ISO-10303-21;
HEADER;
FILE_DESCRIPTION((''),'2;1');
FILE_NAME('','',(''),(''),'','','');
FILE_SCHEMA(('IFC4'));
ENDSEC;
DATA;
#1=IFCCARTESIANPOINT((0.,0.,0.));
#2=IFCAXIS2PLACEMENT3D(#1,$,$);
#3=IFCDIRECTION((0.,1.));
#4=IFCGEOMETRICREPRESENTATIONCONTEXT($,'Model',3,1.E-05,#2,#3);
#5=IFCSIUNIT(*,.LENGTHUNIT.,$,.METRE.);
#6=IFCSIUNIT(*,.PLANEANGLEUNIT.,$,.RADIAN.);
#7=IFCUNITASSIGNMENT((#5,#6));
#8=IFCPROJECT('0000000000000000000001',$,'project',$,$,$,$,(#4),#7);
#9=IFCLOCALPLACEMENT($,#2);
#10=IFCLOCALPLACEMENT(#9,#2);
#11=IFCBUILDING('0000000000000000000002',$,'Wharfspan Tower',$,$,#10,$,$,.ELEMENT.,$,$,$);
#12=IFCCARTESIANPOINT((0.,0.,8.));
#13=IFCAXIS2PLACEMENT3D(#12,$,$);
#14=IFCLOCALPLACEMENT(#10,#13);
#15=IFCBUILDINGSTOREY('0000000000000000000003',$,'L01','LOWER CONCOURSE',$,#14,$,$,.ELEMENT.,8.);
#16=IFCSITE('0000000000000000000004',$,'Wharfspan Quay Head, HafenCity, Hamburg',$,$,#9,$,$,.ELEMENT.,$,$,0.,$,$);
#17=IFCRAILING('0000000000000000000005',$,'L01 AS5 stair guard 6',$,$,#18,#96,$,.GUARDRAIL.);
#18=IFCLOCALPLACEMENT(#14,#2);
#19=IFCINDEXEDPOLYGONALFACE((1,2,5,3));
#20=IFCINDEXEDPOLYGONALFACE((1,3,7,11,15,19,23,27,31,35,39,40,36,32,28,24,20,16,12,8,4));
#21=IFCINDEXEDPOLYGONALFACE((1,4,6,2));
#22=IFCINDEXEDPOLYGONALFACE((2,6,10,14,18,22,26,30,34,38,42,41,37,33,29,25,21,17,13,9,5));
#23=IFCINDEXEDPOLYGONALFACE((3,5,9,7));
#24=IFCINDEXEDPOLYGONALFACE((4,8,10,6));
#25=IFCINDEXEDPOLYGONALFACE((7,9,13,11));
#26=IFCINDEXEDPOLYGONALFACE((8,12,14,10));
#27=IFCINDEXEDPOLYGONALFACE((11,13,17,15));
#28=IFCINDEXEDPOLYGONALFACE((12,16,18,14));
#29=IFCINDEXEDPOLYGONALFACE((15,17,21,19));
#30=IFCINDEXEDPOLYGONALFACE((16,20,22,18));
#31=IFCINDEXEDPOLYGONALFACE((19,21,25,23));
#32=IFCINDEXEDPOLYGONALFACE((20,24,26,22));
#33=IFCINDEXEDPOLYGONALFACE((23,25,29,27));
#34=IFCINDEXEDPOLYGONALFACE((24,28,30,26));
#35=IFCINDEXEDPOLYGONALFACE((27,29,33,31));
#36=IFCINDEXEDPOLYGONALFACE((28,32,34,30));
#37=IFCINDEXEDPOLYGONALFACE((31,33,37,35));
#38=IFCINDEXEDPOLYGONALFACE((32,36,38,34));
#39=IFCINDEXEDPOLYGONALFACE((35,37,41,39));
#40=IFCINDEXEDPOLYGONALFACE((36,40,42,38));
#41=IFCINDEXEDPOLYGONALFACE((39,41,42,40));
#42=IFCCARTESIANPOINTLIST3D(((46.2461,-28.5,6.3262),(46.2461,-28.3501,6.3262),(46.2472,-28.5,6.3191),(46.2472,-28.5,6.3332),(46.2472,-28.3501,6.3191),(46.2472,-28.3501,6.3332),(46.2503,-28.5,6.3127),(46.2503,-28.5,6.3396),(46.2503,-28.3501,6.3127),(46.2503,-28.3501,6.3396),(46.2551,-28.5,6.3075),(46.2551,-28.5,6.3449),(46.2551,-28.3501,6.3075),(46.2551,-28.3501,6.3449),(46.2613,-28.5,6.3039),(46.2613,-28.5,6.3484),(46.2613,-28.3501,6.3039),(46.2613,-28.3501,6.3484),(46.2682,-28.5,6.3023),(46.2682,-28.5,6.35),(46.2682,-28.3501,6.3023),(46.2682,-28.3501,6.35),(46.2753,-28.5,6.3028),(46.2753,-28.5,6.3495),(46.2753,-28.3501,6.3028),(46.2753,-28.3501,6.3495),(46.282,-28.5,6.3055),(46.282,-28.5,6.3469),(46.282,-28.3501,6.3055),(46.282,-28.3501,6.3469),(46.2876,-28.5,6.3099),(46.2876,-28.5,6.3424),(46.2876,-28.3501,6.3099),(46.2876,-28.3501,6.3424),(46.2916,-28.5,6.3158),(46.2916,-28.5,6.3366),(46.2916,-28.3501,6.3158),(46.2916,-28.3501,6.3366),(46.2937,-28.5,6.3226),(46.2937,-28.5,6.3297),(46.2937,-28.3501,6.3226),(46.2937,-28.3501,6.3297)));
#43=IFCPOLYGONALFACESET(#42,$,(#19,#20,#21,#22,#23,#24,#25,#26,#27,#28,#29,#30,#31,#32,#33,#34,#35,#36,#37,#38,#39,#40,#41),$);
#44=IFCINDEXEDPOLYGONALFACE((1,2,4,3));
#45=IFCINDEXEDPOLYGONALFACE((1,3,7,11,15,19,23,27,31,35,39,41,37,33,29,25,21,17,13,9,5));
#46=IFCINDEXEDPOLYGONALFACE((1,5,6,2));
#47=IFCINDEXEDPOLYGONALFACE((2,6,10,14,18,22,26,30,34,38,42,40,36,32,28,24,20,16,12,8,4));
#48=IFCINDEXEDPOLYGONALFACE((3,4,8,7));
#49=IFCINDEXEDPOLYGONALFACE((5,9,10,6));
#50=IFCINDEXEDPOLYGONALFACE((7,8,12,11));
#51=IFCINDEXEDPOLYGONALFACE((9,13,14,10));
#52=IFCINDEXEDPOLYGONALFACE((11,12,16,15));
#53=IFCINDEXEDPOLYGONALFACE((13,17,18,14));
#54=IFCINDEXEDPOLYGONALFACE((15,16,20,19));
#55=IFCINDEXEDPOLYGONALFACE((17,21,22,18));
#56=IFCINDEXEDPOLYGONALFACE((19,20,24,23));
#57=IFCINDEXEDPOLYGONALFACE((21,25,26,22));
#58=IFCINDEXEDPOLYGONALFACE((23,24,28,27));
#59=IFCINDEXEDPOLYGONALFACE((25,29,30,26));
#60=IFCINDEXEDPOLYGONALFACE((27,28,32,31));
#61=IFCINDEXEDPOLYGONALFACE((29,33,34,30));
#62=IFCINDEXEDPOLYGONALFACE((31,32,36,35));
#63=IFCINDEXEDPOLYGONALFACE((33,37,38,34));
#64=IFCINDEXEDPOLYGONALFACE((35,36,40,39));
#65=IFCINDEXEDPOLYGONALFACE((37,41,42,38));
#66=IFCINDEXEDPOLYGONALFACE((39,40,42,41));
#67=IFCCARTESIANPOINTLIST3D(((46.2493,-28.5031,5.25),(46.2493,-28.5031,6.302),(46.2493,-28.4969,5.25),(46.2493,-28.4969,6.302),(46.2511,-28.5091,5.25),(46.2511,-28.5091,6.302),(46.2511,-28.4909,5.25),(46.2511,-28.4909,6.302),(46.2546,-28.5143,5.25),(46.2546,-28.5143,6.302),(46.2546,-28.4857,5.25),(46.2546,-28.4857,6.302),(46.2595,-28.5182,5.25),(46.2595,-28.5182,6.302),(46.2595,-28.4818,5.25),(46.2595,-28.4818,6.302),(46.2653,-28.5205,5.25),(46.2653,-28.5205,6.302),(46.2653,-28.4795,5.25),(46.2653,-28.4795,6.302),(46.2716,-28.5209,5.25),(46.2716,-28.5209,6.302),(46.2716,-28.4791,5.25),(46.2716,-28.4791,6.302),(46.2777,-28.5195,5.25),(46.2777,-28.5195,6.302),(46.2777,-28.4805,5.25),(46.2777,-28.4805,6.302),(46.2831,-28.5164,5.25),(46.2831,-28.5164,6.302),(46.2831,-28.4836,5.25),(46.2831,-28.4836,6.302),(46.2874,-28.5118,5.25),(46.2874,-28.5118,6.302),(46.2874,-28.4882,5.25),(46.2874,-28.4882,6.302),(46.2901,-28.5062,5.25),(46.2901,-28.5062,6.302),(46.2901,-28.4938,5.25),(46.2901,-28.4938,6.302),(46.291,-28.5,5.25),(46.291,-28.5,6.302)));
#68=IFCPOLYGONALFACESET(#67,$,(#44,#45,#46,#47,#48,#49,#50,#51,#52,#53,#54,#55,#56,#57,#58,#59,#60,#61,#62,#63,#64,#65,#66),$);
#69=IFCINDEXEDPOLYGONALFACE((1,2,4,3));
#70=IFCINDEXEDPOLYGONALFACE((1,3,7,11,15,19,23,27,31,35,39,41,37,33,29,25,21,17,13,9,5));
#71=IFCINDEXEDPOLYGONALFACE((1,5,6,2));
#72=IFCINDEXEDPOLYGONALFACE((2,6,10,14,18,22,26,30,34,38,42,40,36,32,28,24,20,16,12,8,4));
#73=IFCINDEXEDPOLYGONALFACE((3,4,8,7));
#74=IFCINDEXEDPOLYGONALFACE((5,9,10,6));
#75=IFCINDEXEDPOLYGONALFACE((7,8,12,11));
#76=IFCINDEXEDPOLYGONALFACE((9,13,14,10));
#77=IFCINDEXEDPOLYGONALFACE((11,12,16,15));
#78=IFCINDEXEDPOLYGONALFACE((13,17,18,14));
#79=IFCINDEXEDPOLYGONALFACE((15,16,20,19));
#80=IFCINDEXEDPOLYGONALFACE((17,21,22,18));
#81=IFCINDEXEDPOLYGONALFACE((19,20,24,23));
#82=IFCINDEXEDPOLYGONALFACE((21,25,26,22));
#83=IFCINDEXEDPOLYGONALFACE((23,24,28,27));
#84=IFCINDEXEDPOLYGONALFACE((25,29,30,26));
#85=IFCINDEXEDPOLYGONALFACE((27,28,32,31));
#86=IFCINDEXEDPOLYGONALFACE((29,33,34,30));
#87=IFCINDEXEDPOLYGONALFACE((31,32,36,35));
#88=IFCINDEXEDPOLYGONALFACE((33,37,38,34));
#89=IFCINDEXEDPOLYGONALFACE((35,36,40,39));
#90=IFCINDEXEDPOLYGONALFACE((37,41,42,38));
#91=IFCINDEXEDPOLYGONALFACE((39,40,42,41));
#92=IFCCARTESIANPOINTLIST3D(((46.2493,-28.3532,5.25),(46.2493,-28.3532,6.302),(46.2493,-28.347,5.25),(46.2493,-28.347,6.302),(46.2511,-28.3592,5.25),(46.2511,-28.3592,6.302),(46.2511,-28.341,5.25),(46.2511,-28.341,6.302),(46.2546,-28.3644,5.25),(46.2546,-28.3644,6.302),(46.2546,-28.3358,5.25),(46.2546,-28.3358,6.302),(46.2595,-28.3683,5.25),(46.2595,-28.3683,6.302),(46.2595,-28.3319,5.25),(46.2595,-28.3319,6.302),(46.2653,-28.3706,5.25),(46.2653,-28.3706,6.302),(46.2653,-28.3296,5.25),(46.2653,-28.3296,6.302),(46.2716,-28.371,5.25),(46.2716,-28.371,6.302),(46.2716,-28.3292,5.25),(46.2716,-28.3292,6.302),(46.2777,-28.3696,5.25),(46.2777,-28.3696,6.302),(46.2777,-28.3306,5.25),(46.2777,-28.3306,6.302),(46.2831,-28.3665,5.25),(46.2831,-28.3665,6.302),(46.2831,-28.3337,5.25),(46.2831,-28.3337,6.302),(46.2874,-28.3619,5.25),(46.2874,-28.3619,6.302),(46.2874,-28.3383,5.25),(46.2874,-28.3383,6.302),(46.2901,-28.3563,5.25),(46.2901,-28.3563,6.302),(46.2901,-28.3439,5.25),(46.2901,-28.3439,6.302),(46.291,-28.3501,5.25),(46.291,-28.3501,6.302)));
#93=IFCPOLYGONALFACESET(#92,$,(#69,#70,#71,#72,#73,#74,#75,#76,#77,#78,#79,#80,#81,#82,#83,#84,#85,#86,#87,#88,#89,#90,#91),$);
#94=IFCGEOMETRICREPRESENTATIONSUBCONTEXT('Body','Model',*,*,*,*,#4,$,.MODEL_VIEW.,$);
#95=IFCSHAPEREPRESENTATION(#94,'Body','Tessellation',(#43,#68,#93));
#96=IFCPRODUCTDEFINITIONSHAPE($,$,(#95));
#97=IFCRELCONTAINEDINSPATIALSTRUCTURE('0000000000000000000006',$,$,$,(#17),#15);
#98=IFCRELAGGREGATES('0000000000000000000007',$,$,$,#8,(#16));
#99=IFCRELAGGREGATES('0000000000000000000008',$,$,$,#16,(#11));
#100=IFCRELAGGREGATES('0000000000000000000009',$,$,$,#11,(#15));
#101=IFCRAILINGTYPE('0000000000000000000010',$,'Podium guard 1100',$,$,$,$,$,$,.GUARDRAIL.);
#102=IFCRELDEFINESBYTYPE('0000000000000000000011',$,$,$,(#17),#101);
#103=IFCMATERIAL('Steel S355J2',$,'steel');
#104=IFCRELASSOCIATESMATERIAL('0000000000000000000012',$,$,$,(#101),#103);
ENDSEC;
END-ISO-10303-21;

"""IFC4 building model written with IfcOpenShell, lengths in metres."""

from ifc_helpers import new_model, si_unit, direction, frame, origin, origin_2d, place, context, subcontext, project, spatial, circle, extrude, material, type_object, element, save


model = new_model("IFC4")

# Units and contexts
model_context = context("Model", 3, precision=1e-05, world=origin(), true_north=direction((0.0, 1.0)))
body_context = subcontext(model_context, "Body", "Model", "MODEL_VIEW")
ifc_project = project(units=[si_unit("LENGTHUNIT", "METRE"), si_unit("PLANEANGLEUNIT", "RADIAN")], contexts=[model_context])

# Site, building, storey
site_placement = place(None, origin())
site = spatial("IfcSite", under=ifc_project, at=site_placement, Name="Wharfspan Quay Head, HafenCity, Hamburg", CompositionType="ELEMENT", RefElevation=0.0)
building_placement = place(site_placement, origin())
building = spatial("IfcBuilding", under=site, at=building_placement, Name="Wharfspan Tower", CompositionType="ELEMENT")
storey_placement = place(building_placement, frame((0.0, 0.0, 8.0)))
storey = spatial("IfcBuildingStorey", under=building, at=storey_placement, Name="L01", Description="LOWER CONCOURSE", CompositionType="ELEMENT", Elevation=8.0)

# Railing
ifc_material_1 = material(Name="Steel S355J2", Category="steel")
railing_type_1 = type_object("IfcRailingType", Name="Podium guard 1100", PredefinedType="GUARDRAIL", material=ifc_material_1)
railing_1_placement = place(storey_placement, frame((46.27, -28.5, 5.25)))
element("IfcRailing", 1, at=railing_1_placement, inside=storey, type_object=railing_type_1, Name="L01 AS5 stair guard 6", PredefinedType="GUARDRAIL", context=body_context, shape_type="SweptSolid", body=[
    extrude(circle(Radius=0.0239, at=origin_2d()), frame((0.0, 0.0, 1.0762), z_axis=(0.0, 1.0, 0.0), x_axis=(-1.0, 0.0, 0.0)), (0.0, 0.0, 1.0), 0.1499),
    extrude(circle(Radius=0.021, at=origin_2d()), origin(), (0.0, 0.0, 1.0), 1.052),
    extrude(circle(Radius=0.021, at=origin_2d()), frame((0.0, 0.1499, 0.0)), (0.0, 0.0, 1.0), 1.052),
])

save(model, "model.ifc")
